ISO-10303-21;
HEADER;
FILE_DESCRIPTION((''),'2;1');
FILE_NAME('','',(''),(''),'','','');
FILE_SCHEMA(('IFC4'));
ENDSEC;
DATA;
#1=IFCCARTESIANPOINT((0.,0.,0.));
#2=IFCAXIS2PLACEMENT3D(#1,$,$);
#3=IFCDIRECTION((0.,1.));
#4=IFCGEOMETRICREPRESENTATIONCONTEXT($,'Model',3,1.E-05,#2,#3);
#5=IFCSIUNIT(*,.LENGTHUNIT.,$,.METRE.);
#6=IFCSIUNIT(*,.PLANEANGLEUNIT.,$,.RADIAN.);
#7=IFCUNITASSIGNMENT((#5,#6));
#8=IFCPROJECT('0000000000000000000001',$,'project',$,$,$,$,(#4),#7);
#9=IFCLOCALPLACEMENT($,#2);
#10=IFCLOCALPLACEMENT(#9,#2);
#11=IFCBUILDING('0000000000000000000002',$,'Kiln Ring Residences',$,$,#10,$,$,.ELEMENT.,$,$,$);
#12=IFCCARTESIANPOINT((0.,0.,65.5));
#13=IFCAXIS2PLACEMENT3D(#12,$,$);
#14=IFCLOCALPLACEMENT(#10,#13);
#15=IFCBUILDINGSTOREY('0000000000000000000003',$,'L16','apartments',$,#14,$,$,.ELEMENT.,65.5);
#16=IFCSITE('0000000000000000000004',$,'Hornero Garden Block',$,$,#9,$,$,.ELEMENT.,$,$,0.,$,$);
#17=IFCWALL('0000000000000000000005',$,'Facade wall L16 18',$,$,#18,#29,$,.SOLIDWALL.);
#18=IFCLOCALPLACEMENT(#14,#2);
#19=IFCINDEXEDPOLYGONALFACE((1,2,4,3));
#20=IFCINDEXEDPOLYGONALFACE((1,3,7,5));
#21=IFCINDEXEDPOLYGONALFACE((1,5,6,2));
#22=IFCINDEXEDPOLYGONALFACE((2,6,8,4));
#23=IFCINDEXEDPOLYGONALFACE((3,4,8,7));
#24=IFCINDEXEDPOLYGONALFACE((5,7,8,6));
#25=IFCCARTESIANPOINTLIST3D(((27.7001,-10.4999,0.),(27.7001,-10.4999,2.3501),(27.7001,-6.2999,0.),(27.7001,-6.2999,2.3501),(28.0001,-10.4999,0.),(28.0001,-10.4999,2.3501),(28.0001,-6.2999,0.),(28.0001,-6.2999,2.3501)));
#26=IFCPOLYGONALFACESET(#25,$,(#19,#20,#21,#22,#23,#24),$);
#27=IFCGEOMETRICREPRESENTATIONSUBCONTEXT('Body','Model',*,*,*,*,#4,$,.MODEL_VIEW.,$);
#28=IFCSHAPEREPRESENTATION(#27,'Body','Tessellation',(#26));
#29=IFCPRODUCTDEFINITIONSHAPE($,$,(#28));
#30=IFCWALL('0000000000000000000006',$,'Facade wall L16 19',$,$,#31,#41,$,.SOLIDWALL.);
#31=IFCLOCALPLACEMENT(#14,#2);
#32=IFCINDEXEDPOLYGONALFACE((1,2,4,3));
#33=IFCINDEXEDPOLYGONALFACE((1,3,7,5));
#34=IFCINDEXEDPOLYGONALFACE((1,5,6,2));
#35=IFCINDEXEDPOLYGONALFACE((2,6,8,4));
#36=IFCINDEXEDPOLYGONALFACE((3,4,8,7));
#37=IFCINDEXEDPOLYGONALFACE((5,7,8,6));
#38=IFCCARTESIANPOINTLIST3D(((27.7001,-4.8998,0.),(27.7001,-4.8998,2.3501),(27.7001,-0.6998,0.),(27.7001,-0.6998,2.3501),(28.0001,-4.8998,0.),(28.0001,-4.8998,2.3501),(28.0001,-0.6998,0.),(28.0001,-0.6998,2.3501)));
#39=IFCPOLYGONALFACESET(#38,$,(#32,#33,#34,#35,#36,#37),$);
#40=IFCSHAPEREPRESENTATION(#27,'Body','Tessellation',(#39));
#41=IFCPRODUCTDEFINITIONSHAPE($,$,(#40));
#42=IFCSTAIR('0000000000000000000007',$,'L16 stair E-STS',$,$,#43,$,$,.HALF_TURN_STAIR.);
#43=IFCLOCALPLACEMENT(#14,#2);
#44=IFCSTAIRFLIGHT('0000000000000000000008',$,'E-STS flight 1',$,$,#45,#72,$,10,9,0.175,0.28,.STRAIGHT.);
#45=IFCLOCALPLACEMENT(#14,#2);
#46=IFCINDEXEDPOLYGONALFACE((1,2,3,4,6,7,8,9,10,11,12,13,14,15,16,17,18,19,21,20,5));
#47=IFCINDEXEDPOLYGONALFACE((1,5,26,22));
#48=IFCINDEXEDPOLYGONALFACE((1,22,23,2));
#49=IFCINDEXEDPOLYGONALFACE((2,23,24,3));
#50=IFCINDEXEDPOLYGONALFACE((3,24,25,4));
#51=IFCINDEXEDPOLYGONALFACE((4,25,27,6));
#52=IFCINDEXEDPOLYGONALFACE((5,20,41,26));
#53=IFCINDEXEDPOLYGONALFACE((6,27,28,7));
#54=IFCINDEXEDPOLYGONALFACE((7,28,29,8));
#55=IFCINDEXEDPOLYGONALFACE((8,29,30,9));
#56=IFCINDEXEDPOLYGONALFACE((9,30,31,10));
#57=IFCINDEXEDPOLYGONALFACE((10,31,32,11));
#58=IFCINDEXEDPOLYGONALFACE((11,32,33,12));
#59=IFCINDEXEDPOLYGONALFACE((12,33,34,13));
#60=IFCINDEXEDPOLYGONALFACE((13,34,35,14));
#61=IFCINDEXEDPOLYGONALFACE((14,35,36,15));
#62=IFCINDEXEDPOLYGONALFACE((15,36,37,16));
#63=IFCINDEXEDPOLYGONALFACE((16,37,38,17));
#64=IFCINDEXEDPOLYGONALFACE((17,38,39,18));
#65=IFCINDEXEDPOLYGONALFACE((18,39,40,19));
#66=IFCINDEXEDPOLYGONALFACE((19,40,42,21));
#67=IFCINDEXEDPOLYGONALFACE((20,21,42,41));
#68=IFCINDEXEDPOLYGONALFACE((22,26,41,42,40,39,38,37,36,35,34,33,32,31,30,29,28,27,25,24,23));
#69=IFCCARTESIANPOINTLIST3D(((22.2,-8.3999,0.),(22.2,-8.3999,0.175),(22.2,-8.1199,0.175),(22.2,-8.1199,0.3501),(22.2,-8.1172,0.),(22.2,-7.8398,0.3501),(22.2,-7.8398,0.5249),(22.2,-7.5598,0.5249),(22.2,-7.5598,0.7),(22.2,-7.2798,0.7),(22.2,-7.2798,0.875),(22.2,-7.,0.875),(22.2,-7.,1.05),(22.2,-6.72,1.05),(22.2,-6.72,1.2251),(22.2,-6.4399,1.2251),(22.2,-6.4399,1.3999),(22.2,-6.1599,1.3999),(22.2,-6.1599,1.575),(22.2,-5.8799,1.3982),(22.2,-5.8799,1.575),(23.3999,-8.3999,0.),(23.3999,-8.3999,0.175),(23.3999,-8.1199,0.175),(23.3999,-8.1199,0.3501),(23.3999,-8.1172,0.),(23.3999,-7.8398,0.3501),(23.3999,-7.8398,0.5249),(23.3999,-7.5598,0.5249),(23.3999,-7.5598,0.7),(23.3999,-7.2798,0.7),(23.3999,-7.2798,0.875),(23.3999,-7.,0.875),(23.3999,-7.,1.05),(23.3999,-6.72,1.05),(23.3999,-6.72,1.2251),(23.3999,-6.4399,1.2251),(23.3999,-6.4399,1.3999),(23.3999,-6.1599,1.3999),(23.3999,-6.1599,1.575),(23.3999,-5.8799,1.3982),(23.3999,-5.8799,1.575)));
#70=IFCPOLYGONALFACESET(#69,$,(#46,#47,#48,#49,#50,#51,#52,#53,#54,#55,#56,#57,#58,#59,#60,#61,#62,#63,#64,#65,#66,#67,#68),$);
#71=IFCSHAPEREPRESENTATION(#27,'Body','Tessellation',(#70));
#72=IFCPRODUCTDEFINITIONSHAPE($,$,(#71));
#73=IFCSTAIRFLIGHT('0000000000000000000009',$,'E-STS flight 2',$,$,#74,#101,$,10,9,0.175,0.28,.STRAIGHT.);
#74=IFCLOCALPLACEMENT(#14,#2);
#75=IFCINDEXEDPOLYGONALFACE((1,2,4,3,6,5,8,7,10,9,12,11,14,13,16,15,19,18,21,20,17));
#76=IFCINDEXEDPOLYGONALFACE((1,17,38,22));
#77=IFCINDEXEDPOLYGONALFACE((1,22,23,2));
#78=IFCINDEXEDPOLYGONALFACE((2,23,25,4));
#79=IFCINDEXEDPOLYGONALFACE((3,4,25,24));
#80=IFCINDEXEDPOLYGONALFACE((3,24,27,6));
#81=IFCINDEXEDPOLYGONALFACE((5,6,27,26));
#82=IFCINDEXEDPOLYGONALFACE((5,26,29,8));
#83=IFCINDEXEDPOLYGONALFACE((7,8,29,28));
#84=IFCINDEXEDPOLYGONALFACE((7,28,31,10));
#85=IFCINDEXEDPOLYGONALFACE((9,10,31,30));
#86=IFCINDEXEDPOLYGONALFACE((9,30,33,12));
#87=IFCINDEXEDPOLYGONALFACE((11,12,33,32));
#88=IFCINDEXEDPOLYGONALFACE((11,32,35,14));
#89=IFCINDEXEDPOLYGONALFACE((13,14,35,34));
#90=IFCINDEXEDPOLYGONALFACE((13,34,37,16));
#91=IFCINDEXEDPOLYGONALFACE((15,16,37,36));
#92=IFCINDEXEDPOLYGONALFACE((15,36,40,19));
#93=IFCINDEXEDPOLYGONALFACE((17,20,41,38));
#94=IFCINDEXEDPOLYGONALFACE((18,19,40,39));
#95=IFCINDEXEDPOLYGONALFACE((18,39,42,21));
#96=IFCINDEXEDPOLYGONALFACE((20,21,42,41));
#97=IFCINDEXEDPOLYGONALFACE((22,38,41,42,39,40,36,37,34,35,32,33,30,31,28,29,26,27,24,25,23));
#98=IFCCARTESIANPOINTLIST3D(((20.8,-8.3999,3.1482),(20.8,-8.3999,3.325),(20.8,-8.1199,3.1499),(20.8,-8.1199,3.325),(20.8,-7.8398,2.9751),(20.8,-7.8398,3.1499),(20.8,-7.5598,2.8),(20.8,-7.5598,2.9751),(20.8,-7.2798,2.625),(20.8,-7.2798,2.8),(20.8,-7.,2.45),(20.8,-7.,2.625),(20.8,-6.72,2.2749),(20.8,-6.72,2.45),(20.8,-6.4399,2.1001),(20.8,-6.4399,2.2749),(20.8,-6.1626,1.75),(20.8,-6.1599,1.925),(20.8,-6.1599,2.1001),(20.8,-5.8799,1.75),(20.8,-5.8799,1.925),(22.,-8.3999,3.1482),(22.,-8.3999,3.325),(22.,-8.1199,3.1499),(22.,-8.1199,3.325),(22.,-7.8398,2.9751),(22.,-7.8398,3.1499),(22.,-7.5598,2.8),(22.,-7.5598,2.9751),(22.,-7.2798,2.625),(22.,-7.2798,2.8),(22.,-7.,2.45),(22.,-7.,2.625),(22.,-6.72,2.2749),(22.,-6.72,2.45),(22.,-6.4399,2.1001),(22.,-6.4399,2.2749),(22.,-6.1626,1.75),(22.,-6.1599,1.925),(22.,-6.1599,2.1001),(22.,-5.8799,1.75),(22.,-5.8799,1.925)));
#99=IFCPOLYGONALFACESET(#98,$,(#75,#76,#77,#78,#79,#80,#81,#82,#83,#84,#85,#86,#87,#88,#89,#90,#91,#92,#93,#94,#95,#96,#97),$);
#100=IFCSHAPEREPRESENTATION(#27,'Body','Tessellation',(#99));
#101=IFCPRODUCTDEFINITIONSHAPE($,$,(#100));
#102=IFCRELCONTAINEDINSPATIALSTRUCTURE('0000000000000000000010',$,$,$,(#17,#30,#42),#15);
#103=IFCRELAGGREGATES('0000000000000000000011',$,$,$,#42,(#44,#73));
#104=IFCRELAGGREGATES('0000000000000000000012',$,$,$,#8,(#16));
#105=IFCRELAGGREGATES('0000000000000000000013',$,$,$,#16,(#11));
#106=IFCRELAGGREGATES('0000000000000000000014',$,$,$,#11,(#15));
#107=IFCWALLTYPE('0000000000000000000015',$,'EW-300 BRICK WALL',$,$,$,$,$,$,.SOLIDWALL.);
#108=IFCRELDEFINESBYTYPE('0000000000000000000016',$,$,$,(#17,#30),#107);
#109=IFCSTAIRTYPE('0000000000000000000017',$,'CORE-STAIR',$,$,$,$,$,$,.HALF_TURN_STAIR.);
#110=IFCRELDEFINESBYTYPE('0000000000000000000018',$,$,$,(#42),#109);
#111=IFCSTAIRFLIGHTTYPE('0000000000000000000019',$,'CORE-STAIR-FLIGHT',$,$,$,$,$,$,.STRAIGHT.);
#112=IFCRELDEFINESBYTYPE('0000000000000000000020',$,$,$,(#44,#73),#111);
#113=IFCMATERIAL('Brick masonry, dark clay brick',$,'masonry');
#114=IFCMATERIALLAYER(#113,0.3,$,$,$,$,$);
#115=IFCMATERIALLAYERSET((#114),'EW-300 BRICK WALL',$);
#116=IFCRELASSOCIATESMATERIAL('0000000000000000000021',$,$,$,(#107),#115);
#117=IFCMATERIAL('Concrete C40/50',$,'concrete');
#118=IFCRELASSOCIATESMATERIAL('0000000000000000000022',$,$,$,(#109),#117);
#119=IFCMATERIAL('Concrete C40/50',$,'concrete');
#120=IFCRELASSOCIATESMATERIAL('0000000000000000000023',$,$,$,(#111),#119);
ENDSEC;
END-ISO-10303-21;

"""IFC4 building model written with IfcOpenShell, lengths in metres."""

from ifc_helpers import new_model, si_unit, direction, frame, frame_2d, origin, place, context, subcontext, project, spatial, polyline, rectangle, outline, extrude, material, layer, layer_set, type_object, element, aggregate, save


model = new_model("IFC4")

# Units and contexts
model_context = context("Model", 3, precision=1e-05, world=origin(), true_north=direction((0.0, 1.0)))
body_context = subcontext(model_context, "Body", "Model", "MODEL_VIEW")
ifc_project = project(units=[si_unit("LENGTHUNIT", "METRE"), si_unit("PLANEANGLEUNIT", "RADIAN")], contexts=[model_context])

# Site, building, storey
site_placement = place(None, origin())
site = spatial("IfcSite", under=ifc_project, at=site_placement, Name="Hornero Garden Block", CompositionType="ELEMENT", RefElevation=0.0)
building_placement = place(site_placement, origin())
building = spatial("IfcBuilding", under=site, at=building_placement, Name="Kiln Ring Residences", CompositionType="ELEMENT")
storey_placement = place(building_placement, frame((0.0, 0.0, 65.5)))
storey = spatial("IfcBuildingStorey", under=building, at=storey_placement, Name="L16", Description="apartments", CompositionType="ELEMENT", Elevation=65.5)

# Walls
ifc_material_1 = material(Name="Brick masonry, dark clay brick", Category="masonry")
ifc_layer_1 = layer(ifc_material_1, 0.3)
ifc_layer_set_1 = layer_set([ifc_layer_1], Name="EW-300 BRICK WALL")
wall_type_1 = type_object("IfcWallType", Name="EW-300 BRICK WALL", PredefinedType="SOLIDWALL", material=ifc_layer_set_1)
for number, where, z_axis, x_axis, name in (
    (1, (27.8501, -10.5, 0.0), (0.0, 0.0, 1.0), (0.0, 1.0, 0.0), "Facade wall L16 18"),
    (2, (27.8501, -4.8999, 0.0), (0.0, 0.0, 1.0), (0.0, 1.0, 0.0), "Facade wall L16 19"),
):
    element("IfcWall", number, at=place(storey_placement, frame(where, z_axis=z_axis, x_axis=x_axis)), inside=storey, type_object=wall_type_1, Name=name, PredefinedType="SOLIDWALL", context=body_context, shape_type="SweptSolid", body=[
        extrude(rectangle(XDim=4.2, YDim=0.3, at=frame_2d((2.1001, 0.0))), origin(), (0.0, 0.0, 1.0), 2.3501),
    ])

# Stair, stair flights
ifc_material_2 = material(Name="Concrete C40/50", Category="concrete")
stair_type = type_object("IfcStairType", Name="CORE-STAIR", PredefinedType="HALF_TURN_STAIR", material=ifc_material_2)
stair_placement = place(storey_placement, origin())
stair = element("IfcStair", 3, at=stair_placement, inside=storey, type_object=stair_type, Name="L16 stair E-STS", PredefinedType="HALF_TURN_STAIR")
ifc_material_3 = material(Name="Concrete C40/50", Category="concrete")
stair_flight_type = type_object("IfcStairFlightType", Name="CORE-STAIR-FLIGHT", PredefinedType="STRAIGHT", material=ifc_material_3)
stair_flight_1_placement = place(storey_placement, frame((22.8, -8.3999, 0.0), z_axis=(0.0, 0.0, 1.0), x_axis=(0.0, 1.0, 0.0)))
stair_flight_1 = element("IfcStairFlight", 4, at=stair_flight_1_placement, type_object=stair_flight_type, Name="E-STS flight 1", NumberOfRisers=10, NumberOfTreads=9, PredefinedType="STRAIGHT", RiserHeight=0.175, TreadLength=0.28, context=body_context, shape_type="SweptSolid", body=[
    extrude(outline(polyline([(0.0, 0.0), (0.0, 0.175), (0.28, 0.175), (0.28, 0.3501), (0.5601, 0.3501), (0.5601, 0.5249), (0.8401, 0.5249), (0.8401, 0.7), (1.1201, 0.7), (1.1201, 0.875), (1.3999, 0.875), (1.3999, 1.05), (1.6799, 1.05), (1.6799, 1.2251), (1.96, 1.2251), (1.96, 1.3999), (2.24, 1.3999), (2.24, 1.575), (2.52, 1.575), (2.52, 1.75), (2.52, 1.3982), (0.2827, 0.0), (0.0, 0.0)])), frame((0.0, 0.6001, 0.0), z_axis=(0.0, -1.0, 0.0), x_axis=(1.0, 0.0, 0.0)), (0.0, 0.0, 1.0), 1.2),
])
stair_flight_2_placement = place(storey_placement, frame((21.3999, -5.8799, 1.75), z_axis=(0.0, 0.0, 1.0), x_axis=(0.0, -1.0, 0.0)))
stair_flight_2 = element("IfcStairFlight", 5, at=stair_flight_2_placement, type_object=stair_flight_type, Name="E-STS flight 2", NumberOfRisers=10, NumberOfTreads=9, PredefinedType="STRAIGHT", RiserHeight=0.175, TreadLength=0.28, context=body_context, shape_type="SweptSolid", body=[
    extrude(outline(polyline([(0.0, 0.0), (0.0, 0.175), (0.28, 0.175), (0.28, 0.3501), (0.5601, 0.3501), (0.5601, 0.5249), (0.8401, 0.5249), (0.8401, 0.7), (1.1201, 0.7), (1.1201, 0.875), (1.3999, 0.875), (1.3999, 1.05), (1.6799, 1.05), (1.6799, 1.2251), (1.96, 1.2251), (1.96, 1.3999), (2.24, 1.3999), (2.24, 1.575), (2.52, 1.575), (2.52, 1.75), (2.52, 1.3982), (0.2827, 0.0), (0.0, 0.0)])), frame((0.0, 0.6001, 0.0), z_axis=(0.0, -1.0, 0.0), x_axis=(1.0, 0.0, 0.0)), (0.0, 0.0, 1.0), 1.2),
])
aggregate(stair, [stair_flight_1, stair_flight_2])

save(model, "model.ifc")
